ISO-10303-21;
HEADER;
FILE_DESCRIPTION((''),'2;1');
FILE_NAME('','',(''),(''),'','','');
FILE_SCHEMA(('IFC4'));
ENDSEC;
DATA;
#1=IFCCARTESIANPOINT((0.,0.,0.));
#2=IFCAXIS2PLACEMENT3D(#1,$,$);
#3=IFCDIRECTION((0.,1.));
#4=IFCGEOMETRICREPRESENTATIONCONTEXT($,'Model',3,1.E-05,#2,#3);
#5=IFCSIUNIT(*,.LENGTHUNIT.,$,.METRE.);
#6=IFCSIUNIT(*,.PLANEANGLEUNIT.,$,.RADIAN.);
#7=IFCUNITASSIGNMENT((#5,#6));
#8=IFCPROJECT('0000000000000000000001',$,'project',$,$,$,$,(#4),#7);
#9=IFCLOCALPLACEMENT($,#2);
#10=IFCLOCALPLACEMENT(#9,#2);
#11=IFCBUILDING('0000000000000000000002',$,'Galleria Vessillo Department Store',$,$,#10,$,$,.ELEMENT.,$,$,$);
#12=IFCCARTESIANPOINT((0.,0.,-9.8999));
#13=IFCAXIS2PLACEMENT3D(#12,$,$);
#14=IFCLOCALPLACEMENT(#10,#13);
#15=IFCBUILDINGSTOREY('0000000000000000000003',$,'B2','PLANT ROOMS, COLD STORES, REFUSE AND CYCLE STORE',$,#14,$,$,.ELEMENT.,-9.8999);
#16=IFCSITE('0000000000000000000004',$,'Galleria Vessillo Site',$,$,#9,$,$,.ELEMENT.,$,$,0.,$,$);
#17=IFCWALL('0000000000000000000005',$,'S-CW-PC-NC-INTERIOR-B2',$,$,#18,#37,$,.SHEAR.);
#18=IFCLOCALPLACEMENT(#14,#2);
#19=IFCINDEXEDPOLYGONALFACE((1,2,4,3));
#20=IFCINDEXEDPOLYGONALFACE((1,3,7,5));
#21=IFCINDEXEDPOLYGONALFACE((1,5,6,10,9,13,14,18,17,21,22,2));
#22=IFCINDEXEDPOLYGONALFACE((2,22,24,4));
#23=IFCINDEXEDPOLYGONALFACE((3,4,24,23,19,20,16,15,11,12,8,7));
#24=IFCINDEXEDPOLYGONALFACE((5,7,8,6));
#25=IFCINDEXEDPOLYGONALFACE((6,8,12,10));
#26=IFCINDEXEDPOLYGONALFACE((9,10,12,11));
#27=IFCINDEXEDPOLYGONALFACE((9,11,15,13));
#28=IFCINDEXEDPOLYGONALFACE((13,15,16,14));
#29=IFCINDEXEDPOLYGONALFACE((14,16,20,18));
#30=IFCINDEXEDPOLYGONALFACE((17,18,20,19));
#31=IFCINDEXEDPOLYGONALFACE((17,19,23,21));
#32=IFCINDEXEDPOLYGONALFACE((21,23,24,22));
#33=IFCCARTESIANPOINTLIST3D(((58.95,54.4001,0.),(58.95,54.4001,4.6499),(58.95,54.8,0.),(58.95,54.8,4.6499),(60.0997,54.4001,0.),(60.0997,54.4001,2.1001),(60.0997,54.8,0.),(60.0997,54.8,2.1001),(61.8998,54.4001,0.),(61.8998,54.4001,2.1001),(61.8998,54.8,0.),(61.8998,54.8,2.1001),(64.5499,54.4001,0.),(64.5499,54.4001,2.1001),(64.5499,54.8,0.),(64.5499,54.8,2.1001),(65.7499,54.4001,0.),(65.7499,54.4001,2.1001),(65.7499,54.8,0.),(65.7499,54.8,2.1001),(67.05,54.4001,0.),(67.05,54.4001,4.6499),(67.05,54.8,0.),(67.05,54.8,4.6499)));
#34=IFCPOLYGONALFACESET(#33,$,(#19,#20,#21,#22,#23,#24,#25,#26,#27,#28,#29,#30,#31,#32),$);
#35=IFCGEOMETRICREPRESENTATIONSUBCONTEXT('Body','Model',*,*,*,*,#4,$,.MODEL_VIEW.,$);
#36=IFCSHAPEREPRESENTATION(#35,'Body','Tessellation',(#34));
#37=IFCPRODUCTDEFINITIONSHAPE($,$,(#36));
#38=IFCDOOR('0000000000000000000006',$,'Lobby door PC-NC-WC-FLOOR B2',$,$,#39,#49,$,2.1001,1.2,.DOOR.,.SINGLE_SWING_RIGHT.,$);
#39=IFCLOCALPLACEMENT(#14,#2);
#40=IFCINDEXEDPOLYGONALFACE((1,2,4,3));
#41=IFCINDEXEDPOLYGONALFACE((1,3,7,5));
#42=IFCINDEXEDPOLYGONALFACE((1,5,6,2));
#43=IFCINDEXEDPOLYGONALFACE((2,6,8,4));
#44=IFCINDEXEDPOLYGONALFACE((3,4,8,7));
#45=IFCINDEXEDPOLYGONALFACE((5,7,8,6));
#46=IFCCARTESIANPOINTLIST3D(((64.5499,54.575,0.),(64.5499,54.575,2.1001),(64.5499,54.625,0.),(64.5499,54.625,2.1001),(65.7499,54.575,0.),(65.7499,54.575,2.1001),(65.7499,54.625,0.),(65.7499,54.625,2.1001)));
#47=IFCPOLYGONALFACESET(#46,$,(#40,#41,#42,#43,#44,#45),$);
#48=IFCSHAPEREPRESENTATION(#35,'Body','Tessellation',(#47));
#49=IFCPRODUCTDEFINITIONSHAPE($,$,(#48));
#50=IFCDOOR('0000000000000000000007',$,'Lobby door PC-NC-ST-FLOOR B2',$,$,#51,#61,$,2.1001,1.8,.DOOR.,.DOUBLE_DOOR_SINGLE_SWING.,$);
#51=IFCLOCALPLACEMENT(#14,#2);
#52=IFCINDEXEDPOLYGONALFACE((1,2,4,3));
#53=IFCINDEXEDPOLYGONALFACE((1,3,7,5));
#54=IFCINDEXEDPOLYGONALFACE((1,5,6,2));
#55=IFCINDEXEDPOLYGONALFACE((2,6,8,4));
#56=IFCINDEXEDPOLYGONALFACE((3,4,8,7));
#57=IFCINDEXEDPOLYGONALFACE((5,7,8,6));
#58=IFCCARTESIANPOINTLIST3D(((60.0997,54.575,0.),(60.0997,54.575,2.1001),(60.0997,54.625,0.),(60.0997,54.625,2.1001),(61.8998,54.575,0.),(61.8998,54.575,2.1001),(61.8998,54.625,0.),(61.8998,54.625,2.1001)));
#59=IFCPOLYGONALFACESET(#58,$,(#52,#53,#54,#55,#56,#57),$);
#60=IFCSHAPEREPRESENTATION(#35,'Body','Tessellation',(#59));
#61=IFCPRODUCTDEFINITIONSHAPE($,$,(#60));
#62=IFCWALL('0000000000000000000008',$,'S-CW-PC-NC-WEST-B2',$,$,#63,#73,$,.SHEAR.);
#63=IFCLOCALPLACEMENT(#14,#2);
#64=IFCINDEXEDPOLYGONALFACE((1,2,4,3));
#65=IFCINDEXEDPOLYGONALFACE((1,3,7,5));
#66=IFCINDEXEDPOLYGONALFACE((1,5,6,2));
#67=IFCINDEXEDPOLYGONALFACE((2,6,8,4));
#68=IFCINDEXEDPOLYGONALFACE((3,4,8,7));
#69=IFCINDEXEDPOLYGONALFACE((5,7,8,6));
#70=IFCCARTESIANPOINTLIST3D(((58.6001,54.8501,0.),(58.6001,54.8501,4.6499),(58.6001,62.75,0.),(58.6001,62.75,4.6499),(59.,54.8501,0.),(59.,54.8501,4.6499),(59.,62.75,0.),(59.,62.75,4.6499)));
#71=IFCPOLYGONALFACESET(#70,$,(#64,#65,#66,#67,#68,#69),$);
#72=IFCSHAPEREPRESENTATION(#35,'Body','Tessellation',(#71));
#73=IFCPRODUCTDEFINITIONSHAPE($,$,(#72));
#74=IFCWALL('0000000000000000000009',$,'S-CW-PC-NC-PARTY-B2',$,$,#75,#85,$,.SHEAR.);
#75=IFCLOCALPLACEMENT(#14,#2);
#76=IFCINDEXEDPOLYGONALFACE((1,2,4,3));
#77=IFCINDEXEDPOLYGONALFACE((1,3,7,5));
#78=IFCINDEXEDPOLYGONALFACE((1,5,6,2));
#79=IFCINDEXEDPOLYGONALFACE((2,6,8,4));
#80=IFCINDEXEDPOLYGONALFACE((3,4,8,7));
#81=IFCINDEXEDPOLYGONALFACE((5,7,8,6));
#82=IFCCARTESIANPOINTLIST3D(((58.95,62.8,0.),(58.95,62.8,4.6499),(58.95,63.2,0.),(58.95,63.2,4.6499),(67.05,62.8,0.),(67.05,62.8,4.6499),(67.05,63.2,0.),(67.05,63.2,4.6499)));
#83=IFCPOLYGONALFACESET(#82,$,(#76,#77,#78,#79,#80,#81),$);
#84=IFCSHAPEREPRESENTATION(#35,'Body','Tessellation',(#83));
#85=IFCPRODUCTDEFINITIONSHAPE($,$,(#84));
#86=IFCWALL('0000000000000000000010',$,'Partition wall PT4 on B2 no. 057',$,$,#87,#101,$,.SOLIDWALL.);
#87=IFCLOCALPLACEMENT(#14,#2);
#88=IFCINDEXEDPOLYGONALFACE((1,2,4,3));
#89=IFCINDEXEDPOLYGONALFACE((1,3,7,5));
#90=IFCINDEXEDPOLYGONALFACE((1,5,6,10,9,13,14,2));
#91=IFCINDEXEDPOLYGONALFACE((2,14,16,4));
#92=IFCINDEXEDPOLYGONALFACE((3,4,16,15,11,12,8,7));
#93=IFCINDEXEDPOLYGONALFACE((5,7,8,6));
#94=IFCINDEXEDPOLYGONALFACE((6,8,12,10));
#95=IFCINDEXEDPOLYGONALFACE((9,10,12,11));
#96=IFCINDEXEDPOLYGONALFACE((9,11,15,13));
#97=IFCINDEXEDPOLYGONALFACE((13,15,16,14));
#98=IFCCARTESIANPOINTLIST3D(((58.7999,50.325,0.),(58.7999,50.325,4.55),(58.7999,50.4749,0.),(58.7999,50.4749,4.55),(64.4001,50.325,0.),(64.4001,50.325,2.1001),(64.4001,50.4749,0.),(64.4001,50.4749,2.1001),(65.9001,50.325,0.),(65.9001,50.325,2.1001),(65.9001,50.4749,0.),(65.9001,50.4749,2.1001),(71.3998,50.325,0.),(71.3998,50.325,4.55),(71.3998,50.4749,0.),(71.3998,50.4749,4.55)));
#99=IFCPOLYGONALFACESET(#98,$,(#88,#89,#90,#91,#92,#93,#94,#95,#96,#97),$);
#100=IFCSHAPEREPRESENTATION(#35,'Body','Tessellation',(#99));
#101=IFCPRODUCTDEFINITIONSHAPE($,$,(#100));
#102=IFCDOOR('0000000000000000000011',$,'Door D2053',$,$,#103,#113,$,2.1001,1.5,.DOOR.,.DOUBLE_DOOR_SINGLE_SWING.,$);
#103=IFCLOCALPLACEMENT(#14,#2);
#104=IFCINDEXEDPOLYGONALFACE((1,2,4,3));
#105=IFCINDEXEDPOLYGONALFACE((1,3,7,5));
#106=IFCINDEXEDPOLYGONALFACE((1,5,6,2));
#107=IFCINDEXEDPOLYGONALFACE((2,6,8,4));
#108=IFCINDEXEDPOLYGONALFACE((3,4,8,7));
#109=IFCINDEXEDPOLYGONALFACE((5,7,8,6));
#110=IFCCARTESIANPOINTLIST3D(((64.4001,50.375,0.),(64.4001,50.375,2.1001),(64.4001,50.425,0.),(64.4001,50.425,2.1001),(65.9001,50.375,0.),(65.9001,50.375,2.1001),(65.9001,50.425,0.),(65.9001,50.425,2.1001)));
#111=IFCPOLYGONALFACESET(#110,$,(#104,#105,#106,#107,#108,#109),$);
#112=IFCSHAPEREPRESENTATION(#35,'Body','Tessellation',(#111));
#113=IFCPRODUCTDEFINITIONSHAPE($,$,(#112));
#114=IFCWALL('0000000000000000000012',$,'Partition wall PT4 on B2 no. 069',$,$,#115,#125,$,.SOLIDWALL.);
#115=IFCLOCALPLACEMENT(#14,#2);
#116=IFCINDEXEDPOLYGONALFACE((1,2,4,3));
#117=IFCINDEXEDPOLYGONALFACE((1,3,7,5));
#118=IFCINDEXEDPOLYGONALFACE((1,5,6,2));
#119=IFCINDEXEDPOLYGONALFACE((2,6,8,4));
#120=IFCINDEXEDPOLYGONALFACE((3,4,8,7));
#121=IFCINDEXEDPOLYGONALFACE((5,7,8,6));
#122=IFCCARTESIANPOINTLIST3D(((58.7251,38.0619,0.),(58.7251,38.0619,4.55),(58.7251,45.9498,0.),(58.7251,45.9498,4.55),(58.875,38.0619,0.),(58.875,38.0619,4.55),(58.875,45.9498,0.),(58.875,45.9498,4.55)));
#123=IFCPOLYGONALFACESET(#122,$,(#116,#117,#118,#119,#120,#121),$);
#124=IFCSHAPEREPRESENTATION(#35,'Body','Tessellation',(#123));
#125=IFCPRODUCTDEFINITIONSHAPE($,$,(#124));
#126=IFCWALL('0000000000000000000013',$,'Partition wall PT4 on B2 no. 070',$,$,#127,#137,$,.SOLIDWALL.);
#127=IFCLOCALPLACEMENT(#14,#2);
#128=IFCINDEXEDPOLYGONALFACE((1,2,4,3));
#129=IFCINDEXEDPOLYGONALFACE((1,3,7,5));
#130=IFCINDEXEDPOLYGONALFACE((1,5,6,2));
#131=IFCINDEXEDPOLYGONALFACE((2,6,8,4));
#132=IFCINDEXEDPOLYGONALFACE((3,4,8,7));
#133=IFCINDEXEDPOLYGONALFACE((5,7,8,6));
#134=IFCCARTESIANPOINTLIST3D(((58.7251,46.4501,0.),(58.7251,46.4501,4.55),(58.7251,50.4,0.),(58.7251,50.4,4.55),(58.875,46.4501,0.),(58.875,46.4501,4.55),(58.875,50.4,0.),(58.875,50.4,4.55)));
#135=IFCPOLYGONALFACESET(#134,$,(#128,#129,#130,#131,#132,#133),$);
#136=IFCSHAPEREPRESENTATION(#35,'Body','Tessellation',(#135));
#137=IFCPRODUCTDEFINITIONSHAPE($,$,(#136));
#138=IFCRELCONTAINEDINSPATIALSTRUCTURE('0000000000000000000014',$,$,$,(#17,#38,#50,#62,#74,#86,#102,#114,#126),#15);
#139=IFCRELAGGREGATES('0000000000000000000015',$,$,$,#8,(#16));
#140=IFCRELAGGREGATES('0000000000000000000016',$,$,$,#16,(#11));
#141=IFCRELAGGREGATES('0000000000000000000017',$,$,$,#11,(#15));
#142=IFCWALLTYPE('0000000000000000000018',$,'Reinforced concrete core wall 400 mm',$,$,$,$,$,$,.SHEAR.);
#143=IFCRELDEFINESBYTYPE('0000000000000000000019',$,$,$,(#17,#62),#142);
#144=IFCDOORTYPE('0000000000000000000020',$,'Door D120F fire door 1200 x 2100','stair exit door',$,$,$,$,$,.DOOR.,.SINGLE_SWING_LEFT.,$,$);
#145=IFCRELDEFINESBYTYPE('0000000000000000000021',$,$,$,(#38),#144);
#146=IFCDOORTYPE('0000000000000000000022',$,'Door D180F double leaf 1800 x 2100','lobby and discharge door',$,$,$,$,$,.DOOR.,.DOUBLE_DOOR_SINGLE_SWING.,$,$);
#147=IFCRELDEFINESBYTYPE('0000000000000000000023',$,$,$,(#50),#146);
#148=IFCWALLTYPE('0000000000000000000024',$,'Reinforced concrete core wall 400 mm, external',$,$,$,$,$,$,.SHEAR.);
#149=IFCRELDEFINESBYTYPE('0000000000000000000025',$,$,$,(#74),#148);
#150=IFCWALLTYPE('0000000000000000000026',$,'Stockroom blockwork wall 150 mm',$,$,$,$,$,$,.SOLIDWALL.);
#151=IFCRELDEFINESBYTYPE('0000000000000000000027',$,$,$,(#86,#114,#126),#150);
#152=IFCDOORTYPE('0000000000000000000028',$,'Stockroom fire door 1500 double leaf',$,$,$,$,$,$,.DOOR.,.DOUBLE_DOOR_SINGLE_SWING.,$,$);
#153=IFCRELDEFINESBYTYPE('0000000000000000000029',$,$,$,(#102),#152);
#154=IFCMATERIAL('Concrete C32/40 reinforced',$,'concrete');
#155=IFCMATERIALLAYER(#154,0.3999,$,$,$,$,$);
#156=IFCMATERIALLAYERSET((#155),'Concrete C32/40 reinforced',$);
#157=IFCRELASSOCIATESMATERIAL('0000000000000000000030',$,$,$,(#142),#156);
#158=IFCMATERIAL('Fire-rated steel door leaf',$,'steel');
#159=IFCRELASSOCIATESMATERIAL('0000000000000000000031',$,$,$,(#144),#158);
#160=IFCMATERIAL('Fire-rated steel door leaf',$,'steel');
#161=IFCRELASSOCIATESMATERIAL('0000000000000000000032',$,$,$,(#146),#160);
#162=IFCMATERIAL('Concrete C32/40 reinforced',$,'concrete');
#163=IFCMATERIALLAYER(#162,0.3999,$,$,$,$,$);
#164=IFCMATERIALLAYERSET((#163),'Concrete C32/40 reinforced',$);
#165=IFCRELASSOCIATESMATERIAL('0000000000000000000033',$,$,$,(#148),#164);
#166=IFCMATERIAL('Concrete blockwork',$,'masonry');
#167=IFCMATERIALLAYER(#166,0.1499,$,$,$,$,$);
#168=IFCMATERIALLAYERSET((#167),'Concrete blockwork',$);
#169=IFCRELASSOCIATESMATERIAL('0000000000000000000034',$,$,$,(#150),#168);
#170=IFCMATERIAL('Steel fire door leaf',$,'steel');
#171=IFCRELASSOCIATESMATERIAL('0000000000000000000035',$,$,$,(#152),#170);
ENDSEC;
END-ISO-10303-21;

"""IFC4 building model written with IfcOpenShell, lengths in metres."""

from ifc_helpers import new_model, si_unit, direction, frame, frame_2d, origin, place, context, subcontext, project, spatial, rectangle, extrude, material, layer, layer_set, type_object, element, fill, save


model = new_model("IFC4")

# Units and contexts
model_context = context("Model", 3, precision=1e-05, world=origin(), true_north=direction((0.0, 1.0)))
body_context = subcontext(model_context, "Body", "Model", "MODEL_VIEW")
ifc_project = project(units=[si_unit("LENGTHUNIT", "METRE"), si_unit("PLANEANGLEUNIT", "RADIAN")], contexts=[model_context])

# Site, building, storey
site_placement = place(None, origin())
site = spatial("IfcSite", under=ifc_project, at=site_placement, Name="Galleria Vessillo Site", CompositionType="ELEMENT", RefElevation=0.0)
building_placement = place(site_placement, origin())
building = spatial("IfcBuilding", under=site, at=building_placement, Name="Galleria Vessillo Department Store", CompositionType="ELEMENT")
storey_placement = place(building_placement, frame((0.0, 0.0, -9.8999)))
storey = spatial("IfcBuildingStorey", under=building, at=storey_placement, Name="B2", Description="PLANT ROOMS, COLD STORES, REFUSE AND CYCLE STORE", CompositionType="ELEMENT", Elevation=-9.8999)

# Wall, openings, doors
ifc_material_1 = material(Name="Concrete C32/40 reinforced", Category="concrete")
ifc_layer_1 = layer(ifc_material_1, 0.3999)
ifc_layer_set_1 = layer_set([ifc_layer_1], Name="Concrete C32/40 reinforced")
wall_type_1 = type_object("IfcWallType", Name="Reinforced concrete core wall 400 mm", PredefinedType="SHEAR", material=ifc_layer_set_1)
wall_1_placement = place(storey_placement, frame((58.95, 54.6001, 0.0), z_axis=(0.0, 0.0, 1.0), x_axis=(1.0, 0.0, 0.0)))
wall_1 = element("IfcWall", 1, at=wall_1_placement, inside=storey, type_object=wall_type_1, Name="S-CW-PC-NC-INTERIOR-B2", PredefinedType="SHEAR", context=body_context, shape_type="SweptSolid", body=[
    extrude(rectangle(XDim=8.1001, YDim=0.3999, at=frame_2d((4.05, 0.0))), origin(), (0.0, 0.0, 1.0), 4.6499),
])
opening_1_placement = place(wall_1_placement, frame((1.1499, 0.0, 0.0)))
opening_1 = element("IfcOpeningElement", 2, at=opening_1_placement, cuts=wall_1, PredefinedType="OPENING", context=body_context, shape_type="SweptSolid", body=[
    extrude(rectangle(XDim=1.8, YDim=2.1001, at=frame_2d((0.8999, 1.05))), frame((0.0, 0.21, 0.0), z_axis=(0.0, -1.0, 0.0), x_axis=(1.0, 0.0, 0.0)), (0.0, 0.0, 1.0), 0.4199),
])
opening_2_placement = place(wall_1_placement, frame((5.5999, 0.0, 0.0)))
opening_2 = element("IfcOpeningElement", 3, at=opening_2_placement, cuts=wall_1, PredefinedType="OPENING", context=body_context, shape_type="SweptSolid", body=[
    extrude(rectangle(XDim=1.2, YDim=2.1001, at=frame_2d((0.6001, 1.05))), frame((0.0, 0.21, 0.0), z_axis=(0.0, -1.0, 0.0), x_axis=(1.0, 0.0, 0.0)), (0.0, 0.0, 1.0), 0.4199),
])
ifc_material_2 = material(Name="Fire-rated steel door leaf", Category="steel")
door_type_1 = type_object("IfcDoorType", Name="Door D120F fire door 1200 x 2100", Description="stair exit door", OperationType="SINGLE_SWING_LEFT", PredefinedType="DOOR", material=ifc_material_2)
door_1_placement = place(opening_2_placement, origin())
door_1 = element("IfcDoor", 4, at=door_1_placement, inside=storey, type_object=door_type_1, Name="Lobby door PC-NC-WC-FLOOR B2", OperationType="SINGLE_SWING_RIGHT", OverallHeight=2.1001, OverallWidth=1.2, PredefinedType="DOOR", context=body_context, shape_type="SweptSolid", body=[
    extrude(rectangle(XDim=1.2, YDim=2.1001, at=frame_2d((0.6001, 1.05))), frame((0.0, 0.0249, 0.0), z_axis=(0.0, -1.0, 0.0), x_axis=(1.0, 0.0, 0.0)), (0.0, 0.0, 1.0), 0.05),
])
fill(opening_2, door_1)
ifc_material_3 = material(Name="Fire-rated steel door leaf", Category="steel")
door_type_2 = type_object("IfcDoorType", Name="Door D180F double leaf 1800 x 2100", Description="lobby and discharge door", OperationType="DOUBLE_DOOR_SINGLE_SWING", PredefinedType="DOOR", material=ifc_material_3)
door_2_placement = place(opening_1_placement, origin())
door_2 = element("IfcDoor", 5, at=door_2_placement, inside=storey, type_object=door_type_2, Name="Lobby door PC-NC-ST-FLOOR B2", OperationType="DOUBLE_DOOR_SINGLE_SWING", OverallHeight=2.1001, OverallWidth=1.8, PredefinedType="DOOR", context=body_context, shape_type="SweptSolid", body=[
    extrude(rectangle(XDim=1.8, YDim=2.1001, at=frame_2d((0.8999, 1.05))), frame((0.0, 0.0249, 0.0), z_axis=(0.0, -1.0, 0.0), x_axis=(1.0, 0.0, 0.0)), (0.0, 0.0, 1.0), 0.05),
])
fill(opening_1, door_2)

# Walls
wall_2_placement = place(storey_placement, frame((58.8, 54.8501, 0.0), z_axis=(0.0, 0.0, 1.0), x_axis=(0.0, 1.0, 0.0)))
element("IfcWall", 6, at=wall_2_placement, inside=storey, type_object=wall_type_1, Name="S-CW-PC-NC-WEST-B2", PredefinedType="SHEAR", context=body_context, shape_type="SweptSolid", body=[
    extrude(rectangle(XDim=7.8999, YDim=0.3999, at=frame_2d((3.95, 0.0))), origin(), (0.0, 0.0, 1.0), 4.6499),
])
ifc_material_4 = material(Name="Concrete C32/40 reinforced", Category="concrete")
ifc_layer_2 = layer(ifc_material_4, 0.3999)
ifc_layer_set_2 = layer_set([ifc_layer_2], Name="Concrete C32/40 reinforced")
wall_type_2 = type_object("IfcWallType", Name="Reinforced concrete core wall 400 mm, external", PredefinedType="SHEAR", material=ifc_layer_set_2)
wall_3_placement = place(storey_placement, frame((58.95, 63.0, 0.0), z_axis=(0.0, 0.0, 1.0), x_axis=(1.0, 0.0, 0.0)))
element("IfcWall", 7, at=wall_3_placement, inside=storey, type_object=wall_type_2, Name="S-CW-PC-NC-PARTY-B2", PredefinedType="SHEAR", context=body_context, shape_type="SweptSolid", body=[
    extrude(rectangle(XDim=8.1001, YDim=0.3999, at=frame_2d((4.05, 0.0))), origin(), (0.0, 0.0, 1.0), 4.6499),
])

# Wall, opening, door
ifc_material_5 = material(Name="Concrete blockwork", Category="masonry")
ifc_layer_3 = layer(ifc_material_5, 0.1499)
ifc_layer_set_3 = layer_set([ifc_layer_3], Name="Concrete blockwork")
wall_type_3 = type_object("IfcWallType", Name="Stockroom blockwork wall 150 mm", PredefinedType="SOLIDWALL", material=ifc_layer_set_3)
wall_4_placement = place(storey_placement, frame((58.8, 50.3999, 0.0), z_axis=(0.0, 0.0, 1.0), x_axis=(1.0, 0.0, 0.0)))
wall_4 = element("IfcWall", 8, at=wall_4_placement, inside=storey, type_object=wall_type_3, Name="Partition wall PT4 on B2 no. 057", PredefinedType="SOLIDWALL", context=body_context, shape_type="SweptSolid", body=[
    extrude(rectangle(XDim=12.5999, YDim=0.1499, at=frame_2d((6.2998, 0.0))), origin(), (0.0, 0.0, 1.0), 4.55),
])
opening_3_placement = place(wall_4_placement, frame((5.6001, 0.0, 0.0)))
opening_3 = element("IfcOpeningElement", 9, at=opening_3_placement, cuts=wall_4, PredefinedType="OPENING", context=body_context, shape_type="SweptSolid", body=[
    extrude(rectangle(XDim=1.5, YDim=2.1001, at=frame_2d((0.75, 1.05))), frame((0.0, 0.085, 0.0), z_axis=(0.0, -1.0, 0.0), x_axis=(1.0, 0.0, 0.0)), (0.0, 0.0, 1.0), 0.1699),
])
ifc_material_6 = material(Name="Steel fire door leaf", Category="steel")
door_type_3 = type_object("IfcDoorType", Name="Stockroom fire door 1500 double leaf", OperationType="DOUBLE_DOOR_SINGLE_SWING", PredefinedType="DOOR", material=ifc_material_6)
door_3_placement = place(opening_3_placement, frame((1.5, 0.0, 0.0), z_axis=(0.0, 0.0, 1.0), x_axis=(-1.0, 0.0, 0.0)))
door_3 = element("IfcDoor", 10, at=door_3_placement, inside=storey, type_object=door_type_3, Name="Door D2053", OperationType="DOUBLE_DOOR_SINGLE_SWING", OverallHeight=2.1001, OverallWidth=1.5, PredefinedType="DOOR", context=body_context, shape_type="SweptSolid", body=[
    extrude(rectangle(XDim=1.5, YDim=2.1001, at=frame_2d((0.75, 1.05))), frame((0.0, 0.0249, 0.0), z_axis=(0.0, -1.0, 0.0), x_axis=(1.0, 0.0, 0.0)), (0.0, 0.0, 1.0), 0.05),
])
fill(opening_3, door_3)

# Walls
wall_5_placement = place(storey_placement, frame((58.8, 38.062, 0.0), z_axis=(0.0, 0.0, 1.0), x_axis=(0.0, 1.0, 0.0)))
element("IfcWall", 11, at=wall_5_placement, inside=storey, type_object=wall_type_3, Name="Partition wall PT4 on B2 no. 069", PredefinedType="SOLIDWALL", context=body_context, shape_type="SweptSolid", body=[
    extrude(rectangle(XDim=7.8879, YDim=0.1499, at=frame_2d((3.9438, 0.0))), origin(), (0.0, 0.0, 1.0), 4.55),
])
wall_6_placement = place(storey_placement, frame((58.8, 46.45, 0.0), z_axis=(0.0, 0.0, 1.0), x_axis=(0.0, 1.0, 0.0)))
element("IfcWall", 12, at=wall_6_placement, inside=storey, type_object=wall_type_3, Name="Partition wall PT4 on B2 no. 070", PredefinedType="SOLIDWALL", context=body_context, shape_type="SweptSolid", body=[
    extrude(rectangle(XDim=3.95, YDim=0.1499, at=frame_2d((1.9751, 0.0))), origin(), (0.0, 0.0, 1.0), 4.55),
])

save(model, "model.ifc")
